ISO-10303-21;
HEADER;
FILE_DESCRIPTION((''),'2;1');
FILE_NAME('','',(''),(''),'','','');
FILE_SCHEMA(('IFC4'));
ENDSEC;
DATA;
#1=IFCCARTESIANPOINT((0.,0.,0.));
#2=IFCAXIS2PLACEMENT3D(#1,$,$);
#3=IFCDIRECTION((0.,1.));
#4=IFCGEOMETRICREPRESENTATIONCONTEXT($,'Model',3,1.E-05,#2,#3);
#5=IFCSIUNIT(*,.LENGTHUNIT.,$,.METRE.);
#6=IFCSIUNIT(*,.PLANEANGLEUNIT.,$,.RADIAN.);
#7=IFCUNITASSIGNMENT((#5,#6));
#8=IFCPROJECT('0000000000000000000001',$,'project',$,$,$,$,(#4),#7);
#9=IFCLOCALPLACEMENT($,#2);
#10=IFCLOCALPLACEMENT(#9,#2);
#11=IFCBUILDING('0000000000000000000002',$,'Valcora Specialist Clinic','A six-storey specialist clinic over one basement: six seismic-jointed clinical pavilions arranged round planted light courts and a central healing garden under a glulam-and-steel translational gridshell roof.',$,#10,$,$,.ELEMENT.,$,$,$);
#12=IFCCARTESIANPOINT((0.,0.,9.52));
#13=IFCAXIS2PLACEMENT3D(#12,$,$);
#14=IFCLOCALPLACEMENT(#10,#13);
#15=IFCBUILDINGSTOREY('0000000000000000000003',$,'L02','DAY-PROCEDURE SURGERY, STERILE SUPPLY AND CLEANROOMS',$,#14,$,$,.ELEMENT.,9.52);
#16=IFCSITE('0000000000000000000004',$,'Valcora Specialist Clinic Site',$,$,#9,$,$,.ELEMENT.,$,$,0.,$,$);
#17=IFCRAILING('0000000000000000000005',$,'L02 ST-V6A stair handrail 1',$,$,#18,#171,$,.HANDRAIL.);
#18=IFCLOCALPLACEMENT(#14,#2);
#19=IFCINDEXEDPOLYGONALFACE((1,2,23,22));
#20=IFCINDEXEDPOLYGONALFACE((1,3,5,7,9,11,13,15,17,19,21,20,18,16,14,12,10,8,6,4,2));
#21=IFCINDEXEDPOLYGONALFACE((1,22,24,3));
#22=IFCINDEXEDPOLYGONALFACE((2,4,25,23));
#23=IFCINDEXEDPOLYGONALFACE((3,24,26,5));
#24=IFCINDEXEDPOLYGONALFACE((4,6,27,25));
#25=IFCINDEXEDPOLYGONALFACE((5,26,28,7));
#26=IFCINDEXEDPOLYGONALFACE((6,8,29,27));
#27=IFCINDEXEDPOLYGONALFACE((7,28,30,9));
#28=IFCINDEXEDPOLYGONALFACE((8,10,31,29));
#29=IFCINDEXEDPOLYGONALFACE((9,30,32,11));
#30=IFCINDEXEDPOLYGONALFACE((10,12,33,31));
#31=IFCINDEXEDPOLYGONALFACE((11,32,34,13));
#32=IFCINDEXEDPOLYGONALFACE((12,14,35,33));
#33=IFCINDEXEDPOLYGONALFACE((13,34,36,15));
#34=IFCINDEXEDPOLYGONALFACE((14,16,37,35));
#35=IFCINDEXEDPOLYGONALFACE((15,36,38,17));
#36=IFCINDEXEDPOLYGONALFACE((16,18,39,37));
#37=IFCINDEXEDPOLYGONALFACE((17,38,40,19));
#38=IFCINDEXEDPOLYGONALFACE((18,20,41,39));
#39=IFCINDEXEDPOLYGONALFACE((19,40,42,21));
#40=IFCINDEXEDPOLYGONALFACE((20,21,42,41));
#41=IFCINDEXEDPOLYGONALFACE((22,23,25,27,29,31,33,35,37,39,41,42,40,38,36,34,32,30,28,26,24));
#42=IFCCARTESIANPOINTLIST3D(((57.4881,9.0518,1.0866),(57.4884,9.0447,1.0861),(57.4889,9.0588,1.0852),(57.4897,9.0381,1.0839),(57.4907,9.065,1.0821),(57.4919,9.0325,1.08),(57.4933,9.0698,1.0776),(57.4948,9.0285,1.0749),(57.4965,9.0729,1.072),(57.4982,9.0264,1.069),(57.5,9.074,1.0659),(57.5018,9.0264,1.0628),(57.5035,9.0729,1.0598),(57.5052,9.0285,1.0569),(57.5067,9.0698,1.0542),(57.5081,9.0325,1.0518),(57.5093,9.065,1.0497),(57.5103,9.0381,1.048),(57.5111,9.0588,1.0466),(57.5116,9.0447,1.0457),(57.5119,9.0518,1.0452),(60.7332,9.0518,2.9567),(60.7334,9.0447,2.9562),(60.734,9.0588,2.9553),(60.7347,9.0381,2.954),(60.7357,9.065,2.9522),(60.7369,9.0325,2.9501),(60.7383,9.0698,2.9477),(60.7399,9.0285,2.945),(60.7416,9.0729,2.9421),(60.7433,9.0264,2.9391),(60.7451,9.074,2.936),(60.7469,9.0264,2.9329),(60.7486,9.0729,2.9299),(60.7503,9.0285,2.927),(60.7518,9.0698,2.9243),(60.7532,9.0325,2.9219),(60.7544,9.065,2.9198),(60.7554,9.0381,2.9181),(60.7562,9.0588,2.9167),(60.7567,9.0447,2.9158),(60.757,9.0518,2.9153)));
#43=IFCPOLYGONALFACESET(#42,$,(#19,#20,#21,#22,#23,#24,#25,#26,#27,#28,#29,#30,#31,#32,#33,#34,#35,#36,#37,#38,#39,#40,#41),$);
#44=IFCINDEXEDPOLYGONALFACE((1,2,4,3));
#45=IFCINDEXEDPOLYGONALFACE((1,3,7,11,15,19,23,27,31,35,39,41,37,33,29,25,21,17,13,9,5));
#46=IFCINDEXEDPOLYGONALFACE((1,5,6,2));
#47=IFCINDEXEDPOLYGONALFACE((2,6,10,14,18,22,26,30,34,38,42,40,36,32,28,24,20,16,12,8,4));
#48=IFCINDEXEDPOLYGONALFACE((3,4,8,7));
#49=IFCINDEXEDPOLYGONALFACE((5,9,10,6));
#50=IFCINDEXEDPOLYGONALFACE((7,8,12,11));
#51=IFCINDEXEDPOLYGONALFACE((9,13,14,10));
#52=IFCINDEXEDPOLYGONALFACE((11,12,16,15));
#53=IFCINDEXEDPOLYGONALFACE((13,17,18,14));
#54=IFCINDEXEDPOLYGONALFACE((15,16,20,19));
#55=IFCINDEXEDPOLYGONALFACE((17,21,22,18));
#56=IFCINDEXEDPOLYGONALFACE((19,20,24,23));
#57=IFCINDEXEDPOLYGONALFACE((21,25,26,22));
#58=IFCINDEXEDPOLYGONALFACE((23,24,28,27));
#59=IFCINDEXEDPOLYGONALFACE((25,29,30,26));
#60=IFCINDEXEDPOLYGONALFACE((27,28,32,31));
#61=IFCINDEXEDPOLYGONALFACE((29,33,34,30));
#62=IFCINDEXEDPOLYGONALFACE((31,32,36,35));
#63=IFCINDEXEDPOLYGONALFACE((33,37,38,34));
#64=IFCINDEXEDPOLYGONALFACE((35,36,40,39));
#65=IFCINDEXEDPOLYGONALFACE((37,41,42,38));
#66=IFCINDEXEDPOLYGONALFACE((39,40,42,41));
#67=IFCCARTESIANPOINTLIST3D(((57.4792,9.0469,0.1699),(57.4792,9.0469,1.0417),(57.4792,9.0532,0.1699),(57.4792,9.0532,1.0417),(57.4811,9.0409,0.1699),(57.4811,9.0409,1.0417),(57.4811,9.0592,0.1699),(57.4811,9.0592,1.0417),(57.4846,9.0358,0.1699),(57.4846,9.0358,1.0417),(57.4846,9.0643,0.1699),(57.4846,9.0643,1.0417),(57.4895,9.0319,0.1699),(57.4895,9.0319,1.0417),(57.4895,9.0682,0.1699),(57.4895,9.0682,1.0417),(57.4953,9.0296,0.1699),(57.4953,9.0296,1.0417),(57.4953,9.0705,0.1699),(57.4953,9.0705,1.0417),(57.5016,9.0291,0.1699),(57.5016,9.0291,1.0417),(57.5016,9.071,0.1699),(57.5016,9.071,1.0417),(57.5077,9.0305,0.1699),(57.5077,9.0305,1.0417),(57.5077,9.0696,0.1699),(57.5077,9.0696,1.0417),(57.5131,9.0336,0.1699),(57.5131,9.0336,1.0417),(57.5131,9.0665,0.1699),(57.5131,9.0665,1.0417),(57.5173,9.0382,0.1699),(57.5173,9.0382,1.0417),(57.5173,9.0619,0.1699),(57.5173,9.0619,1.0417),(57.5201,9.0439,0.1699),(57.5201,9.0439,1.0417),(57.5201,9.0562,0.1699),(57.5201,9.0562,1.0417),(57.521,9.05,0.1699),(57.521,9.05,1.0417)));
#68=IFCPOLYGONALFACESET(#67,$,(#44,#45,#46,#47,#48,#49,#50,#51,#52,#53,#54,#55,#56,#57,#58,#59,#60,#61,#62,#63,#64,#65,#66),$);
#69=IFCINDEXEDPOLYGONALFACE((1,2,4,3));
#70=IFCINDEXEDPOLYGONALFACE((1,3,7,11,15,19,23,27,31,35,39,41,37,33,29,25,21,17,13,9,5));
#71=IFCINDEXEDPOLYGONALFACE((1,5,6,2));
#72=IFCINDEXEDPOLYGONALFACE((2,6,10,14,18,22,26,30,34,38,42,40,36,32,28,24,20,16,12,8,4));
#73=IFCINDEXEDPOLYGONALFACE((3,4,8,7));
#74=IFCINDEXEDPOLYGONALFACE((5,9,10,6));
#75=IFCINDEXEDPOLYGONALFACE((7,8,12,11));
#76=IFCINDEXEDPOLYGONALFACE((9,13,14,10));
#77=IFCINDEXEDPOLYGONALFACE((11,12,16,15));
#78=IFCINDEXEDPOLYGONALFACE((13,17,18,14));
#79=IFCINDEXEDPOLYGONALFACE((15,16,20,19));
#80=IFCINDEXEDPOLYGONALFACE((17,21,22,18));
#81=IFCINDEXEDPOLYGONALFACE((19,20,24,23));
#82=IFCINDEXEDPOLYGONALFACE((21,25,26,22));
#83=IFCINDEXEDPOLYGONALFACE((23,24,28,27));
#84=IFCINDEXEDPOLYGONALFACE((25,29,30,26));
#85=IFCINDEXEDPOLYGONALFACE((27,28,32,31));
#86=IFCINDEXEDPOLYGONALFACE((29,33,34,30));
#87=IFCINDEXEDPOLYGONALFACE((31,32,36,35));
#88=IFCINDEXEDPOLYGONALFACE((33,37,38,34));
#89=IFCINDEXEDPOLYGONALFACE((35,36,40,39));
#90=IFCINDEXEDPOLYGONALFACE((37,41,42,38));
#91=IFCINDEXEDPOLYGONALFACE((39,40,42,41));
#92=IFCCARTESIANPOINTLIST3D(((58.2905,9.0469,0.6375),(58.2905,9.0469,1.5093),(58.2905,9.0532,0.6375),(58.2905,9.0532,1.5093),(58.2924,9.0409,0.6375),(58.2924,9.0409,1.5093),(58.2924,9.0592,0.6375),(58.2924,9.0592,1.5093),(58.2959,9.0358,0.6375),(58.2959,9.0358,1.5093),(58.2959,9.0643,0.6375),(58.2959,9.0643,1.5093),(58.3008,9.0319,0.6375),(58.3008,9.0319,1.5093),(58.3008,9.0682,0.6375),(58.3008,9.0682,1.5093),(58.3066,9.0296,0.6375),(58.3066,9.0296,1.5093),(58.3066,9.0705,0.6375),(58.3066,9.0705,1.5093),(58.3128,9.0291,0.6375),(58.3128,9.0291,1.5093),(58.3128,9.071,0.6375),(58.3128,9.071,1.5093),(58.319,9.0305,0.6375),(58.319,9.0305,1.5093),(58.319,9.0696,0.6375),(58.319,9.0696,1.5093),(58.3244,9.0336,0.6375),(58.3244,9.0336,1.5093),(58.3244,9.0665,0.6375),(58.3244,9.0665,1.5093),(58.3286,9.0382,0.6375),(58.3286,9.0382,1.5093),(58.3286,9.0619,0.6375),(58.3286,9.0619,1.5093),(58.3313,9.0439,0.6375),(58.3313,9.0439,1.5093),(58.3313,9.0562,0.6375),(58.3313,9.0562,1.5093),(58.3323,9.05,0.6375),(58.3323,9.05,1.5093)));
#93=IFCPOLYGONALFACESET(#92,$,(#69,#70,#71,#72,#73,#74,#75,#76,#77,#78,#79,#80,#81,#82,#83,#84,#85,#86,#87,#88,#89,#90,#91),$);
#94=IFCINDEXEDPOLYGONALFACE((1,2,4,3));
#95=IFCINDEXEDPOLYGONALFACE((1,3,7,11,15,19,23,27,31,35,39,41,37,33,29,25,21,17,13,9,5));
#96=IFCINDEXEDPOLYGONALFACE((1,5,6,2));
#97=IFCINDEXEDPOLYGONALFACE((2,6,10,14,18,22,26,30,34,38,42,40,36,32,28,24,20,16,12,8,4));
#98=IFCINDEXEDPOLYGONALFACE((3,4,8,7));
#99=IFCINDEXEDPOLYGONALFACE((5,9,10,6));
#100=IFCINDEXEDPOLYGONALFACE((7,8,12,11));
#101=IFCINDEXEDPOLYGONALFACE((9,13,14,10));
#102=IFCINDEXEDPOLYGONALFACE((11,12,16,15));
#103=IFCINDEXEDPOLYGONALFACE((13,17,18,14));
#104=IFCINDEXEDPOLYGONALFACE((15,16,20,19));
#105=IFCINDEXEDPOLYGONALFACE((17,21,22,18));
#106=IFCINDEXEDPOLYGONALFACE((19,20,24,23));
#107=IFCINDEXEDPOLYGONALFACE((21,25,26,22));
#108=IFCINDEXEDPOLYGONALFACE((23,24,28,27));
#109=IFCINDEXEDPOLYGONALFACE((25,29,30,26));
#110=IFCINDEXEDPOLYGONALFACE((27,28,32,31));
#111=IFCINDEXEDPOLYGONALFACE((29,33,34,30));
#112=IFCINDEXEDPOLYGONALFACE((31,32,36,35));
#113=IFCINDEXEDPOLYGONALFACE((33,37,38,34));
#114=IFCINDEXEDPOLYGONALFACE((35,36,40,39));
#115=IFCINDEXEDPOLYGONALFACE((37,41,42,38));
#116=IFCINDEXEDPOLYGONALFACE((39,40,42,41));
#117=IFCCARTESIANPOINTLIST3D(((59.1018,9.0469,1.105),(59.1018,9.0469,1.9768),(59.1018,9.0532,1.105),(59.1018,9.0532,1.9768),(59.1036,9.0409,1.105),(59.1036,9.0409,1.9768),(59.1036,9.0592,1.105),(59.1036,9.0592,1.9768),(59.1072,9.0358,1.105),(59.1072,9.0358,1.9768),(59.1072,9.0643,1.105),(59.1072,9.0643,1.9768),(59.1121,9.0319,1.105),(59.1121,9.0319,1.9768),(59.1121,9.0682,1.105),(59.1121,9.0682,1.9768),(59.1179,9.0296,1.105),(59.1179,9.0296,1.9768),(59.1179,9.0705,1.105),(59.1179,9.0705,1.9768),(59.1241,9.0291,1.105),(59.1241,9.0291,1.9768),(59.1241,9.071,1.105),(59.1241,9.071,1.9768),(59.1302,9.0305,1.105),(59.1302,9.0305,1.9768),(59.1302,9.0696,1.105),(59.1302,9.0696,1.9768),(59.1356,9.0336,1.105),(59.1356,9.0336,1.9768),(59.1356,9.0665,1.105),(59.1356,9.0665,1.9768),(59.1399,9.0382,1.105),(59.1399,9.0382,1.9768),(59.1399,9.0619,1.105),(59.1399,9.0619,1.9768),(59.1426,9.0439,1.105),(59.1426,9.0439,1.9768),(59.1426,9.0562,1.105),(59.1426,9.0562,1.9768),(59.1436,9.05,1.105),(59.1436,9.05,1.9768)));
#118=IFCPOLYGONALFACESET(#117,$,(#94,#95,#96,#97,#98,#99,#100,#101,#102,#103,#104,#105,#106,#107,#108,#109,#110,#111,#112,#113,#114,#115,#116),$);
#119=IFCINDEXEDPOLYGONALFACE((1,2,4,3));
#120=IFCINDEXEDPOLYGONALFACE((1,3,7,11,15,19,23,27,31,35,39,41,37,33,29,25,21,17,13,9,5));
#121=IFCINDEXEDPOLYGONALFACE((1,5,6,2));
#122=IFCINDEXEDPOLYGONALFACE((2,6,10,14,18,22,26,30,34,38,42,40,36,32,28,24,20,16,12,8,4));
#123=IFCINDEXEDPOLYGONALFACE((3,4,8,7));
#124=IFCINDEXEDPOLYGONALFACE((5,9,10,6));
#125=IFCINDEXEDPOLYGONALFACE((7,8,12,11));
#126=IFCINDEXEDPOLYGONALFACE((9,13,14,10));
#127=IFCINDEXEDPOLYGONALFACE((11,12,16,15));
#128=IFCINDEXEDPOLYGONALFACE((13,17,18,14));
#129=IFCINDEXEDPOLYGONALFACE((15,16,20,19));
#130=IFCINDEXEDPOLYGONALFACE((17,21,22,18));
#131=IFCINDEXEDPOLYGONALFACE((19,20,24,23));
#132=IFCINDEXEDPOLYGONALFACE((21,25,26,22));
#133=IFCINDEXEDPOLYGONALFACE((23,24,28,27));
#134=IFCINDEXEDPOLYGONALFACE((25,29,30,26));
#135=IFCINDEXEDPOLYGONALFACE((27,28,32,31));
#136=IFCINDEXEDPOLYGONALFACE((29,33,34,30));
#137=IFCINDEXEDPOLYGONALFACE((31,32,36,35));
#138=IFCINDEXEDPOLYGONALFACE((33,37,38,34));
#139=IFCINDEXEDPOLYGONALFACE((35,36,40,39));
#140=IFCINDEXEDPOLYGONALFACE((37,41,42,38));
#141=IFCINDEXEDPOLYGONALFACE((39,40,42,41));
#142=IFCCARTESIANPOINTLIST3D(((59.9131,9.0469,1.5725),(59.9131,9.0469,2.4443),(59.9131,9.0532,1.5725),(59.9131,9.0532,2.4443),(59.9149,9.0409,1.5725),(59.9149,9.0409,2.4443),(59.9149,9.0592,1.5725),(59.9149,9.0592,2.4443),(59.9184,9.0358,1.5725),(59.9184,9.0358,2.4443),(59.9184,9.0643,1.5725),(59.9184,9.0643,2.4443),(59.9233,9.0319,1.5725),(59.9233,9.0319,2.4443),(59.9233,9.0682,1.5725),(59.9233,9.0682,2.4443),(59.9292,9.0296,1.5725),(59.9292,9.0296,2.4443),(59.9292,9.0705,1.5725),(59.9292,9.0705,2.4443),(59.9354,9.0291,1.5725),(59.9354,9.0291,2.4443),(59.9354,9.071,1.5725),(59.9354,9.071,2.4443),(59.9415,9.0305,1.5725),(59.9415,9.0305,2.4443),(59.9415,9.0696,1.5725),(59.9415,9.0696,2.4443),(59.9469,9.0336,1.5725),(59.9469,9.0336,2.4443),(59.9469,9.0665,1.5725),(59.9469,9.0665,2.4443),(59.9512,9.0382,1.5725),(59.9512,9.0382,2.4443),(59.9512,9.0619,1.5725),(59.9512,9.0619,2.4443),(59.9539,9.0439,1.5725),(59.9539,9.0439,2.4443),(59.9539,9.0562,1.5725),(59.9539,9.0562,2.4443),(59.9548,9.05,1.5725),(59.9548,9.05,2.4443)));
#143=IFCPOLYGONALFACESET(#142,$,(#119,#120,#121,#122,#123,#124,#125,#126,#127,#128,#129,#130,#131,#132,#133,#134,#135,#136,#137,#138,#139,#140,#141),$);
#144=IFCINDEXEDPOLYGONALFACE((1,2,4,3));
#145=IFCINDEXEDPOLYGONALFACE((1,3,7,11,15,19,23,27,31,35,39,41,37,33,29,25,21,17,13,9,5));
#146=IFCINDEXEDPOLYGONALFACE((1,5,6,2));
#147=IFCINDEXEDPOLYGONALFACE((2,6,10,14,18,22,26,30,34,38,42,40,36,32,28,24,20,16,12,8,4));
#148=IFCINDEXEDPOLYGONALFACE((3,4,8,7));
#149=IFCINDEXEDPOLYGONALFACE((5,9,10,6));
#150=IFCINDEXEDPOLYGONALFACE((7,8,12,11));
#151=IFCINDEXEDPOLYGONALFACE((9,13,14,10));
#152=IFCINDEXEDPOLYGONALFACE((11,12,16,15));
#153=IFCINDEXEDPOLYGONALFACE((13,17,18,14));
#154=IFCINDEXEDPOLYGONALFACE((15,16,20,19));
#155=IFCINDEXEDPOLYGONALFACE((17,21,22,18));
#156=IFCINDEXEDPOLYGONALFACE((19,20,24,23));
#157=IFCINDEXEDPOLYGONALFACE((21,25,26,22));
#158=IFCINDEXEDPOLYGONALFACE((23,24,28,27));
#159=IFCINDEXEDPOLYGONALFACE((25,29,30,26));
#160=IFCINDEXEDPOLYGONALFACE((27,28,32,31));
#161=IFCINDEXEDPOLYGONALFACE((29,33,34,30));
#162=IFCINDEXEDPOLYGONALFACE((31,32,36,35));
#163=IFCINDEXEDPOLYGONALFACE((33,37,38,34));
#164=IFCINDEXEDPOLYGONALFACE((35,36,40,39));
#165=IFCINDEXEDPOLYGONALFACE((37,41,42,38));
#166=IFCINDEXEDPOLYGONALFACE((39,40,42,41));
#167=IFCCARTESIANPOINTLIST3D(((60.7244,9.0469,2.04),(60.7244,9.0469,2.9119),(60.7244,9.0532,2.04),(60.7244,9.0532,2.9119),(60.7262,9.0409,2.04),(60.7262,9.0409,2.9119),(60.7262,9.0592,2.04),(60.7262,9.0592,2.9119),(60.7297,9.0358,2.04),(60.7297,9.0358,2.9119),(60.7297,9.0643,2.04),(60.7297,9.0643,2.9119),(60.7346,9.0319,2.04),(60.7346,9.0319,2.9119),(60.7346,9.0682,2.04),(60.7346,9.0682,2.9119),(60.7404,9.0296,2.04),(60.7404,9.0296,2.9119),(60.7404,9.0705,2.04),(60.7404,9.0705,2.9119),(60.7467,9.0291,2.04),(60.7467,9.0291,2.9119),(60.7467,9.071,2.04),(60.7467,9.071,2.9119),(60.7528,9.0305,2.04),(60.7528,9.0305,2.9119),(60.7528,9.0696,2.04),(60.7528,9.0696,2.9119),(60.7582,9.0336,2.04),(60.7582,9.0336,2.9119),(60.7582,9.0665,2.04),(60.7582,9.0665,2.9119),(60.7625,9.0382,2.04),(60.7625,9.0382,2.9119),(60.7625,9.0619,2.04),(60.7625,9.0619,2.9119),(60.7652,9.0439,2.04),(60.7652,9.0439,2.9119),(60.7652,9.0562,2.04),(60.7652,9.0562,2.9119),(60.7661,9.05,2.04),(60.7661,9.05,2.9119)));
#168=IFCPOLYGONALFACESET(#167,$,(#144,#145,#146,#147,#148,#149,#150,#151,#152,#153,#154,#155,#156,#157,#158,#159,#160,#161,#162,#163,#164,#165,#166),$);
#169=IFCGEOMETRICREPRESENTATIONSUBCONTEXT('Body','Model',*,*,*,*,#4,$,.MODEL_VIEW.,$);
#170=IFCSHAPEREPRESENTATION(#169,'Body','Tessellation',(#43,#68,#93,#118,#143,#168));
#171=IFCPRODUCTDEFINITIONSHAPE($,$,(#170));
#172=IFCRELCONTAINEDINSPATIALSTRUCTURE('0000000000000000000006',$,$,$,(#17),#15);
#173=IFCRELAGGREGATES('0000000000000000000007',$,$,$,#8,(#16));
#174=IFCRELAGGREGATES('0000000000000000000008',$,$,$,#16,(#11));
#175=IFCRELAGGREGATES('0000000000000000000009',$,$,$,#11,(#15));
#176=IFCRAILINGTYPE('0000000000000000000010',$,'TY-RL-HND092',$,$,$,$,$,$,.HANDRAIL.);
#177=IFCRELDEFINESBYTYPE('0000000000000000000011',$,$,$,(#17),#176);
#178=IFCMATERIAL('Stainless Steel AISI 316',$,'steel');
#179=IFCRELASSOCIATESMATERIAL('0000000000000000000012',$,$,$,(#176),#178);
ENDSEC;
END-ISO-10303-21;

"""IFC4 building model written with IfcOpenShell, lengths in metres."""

from ifc_helpers import new_model, si_unit, direction, frame, origin, origin_2d, place, context, subcontext, project, spatial, circle, extrude, material, type_object, element, save


model = new_model("IFC4")

# Units and contexts
model_context = context("Model", 3, precision=1e-05, world=origin(), true_north=direction((0.0, 1.0)))
body_context = subcontext(model_context, "Body", "Model", "MODEL_VIEW")
ifc_project = project(units=[si_unit("LENGTHUNIT", "METRE"), si_unit("PLANEANGLEUNIT", "RADIAN")], contexts=[model_context])

# Site, building, storey
site_placement = place(None, origin())
site = spatial("IfcSite", under=ifc_project, at=site_placement, Name="Valcora Specialist Clinic Site", CompositionType="ELEMENT", RefElevation=0.0)
building_placement = place(site_placement, origin())
building = spatial("IfcBuilding", under=site, at=building_placement, Name="Valcora Specialist Clinic", Description="A six-storey specialist clinic over one basement: six seismic-jointed clinical pavilions arranged round planted light courts and a central healing garden under a glulam-and-steel translational gridshell roof.", CompositionType="ELEMENT")
storey_placement = place(building_placement, frame((0.0, 0.0, 9.52)))
storey = spatial("IfcBuildingStorey", under=building, at=storey_placement, Name="L02", Description="DAY-PROCEDURE SURGERY, STERILE SUPPLY AND CLEANROOMS", CompositionType="ELEMENT", Elevation=9.52)

# Railing
ifc_material_1 = material(Name="Stainless Steel AISI 316", Category="steel")
railing_type_1 = type_object("IfcRailingType", Name="TY-RL-HND092", PredefinedType="HANDRAIL", material=ifc_material_1)
railing_1_placement = place(storey_placement, frame((57.5, 9.05, 0.1699)))
element("IfcRailing", 1, at=railing_1_placement, inside=storey, type_object=railing_type_1, Name="L02 ST-V6A stair handrail 1", PredefinedType="HANDRAIL", context=body_context, shape_type="SweptSolid", body=[
    extrude(circle(Radius=0.0239, at=origin_2d()), frame((0.0, 0.0, 0.896), z_axis=(0.866424, 0.0, 0.499309), x_axis=(0.0, 1.0, 0.0)), (0.0, 0.0, 1.0), 3.7454),
    extrude(circle(Radius=0.021, at=origin_2d()), origin(), (0.0, 0.0, 1.0), 0.8718),
    extrude(circle(Radius=0.021, at=origin_2d()), frame((0.8113, 0.0, 0.4675)), (0.0, 0.0, 1.0), 0.8718),
    extrude(circle(Radius=0.021, at=origin_2d()), frame((1.6226, 0.0, 0.9351)), (0.0, 0.0, 1.0), 0.8718),
    extrude(circle(Radius=0.021, at=origin_2d()), frame((2.4338, 0.0, 1.4026)), (0.0, 0.0, 1.0), 0.8718),
    extrude(circle(Radius=0.021, at=origin_2d()), frame((3.2451, 0.0, 1.8701)), (0.0, 0.0, 1.0), 0.8718),
])

save(model, "model.ifc")
